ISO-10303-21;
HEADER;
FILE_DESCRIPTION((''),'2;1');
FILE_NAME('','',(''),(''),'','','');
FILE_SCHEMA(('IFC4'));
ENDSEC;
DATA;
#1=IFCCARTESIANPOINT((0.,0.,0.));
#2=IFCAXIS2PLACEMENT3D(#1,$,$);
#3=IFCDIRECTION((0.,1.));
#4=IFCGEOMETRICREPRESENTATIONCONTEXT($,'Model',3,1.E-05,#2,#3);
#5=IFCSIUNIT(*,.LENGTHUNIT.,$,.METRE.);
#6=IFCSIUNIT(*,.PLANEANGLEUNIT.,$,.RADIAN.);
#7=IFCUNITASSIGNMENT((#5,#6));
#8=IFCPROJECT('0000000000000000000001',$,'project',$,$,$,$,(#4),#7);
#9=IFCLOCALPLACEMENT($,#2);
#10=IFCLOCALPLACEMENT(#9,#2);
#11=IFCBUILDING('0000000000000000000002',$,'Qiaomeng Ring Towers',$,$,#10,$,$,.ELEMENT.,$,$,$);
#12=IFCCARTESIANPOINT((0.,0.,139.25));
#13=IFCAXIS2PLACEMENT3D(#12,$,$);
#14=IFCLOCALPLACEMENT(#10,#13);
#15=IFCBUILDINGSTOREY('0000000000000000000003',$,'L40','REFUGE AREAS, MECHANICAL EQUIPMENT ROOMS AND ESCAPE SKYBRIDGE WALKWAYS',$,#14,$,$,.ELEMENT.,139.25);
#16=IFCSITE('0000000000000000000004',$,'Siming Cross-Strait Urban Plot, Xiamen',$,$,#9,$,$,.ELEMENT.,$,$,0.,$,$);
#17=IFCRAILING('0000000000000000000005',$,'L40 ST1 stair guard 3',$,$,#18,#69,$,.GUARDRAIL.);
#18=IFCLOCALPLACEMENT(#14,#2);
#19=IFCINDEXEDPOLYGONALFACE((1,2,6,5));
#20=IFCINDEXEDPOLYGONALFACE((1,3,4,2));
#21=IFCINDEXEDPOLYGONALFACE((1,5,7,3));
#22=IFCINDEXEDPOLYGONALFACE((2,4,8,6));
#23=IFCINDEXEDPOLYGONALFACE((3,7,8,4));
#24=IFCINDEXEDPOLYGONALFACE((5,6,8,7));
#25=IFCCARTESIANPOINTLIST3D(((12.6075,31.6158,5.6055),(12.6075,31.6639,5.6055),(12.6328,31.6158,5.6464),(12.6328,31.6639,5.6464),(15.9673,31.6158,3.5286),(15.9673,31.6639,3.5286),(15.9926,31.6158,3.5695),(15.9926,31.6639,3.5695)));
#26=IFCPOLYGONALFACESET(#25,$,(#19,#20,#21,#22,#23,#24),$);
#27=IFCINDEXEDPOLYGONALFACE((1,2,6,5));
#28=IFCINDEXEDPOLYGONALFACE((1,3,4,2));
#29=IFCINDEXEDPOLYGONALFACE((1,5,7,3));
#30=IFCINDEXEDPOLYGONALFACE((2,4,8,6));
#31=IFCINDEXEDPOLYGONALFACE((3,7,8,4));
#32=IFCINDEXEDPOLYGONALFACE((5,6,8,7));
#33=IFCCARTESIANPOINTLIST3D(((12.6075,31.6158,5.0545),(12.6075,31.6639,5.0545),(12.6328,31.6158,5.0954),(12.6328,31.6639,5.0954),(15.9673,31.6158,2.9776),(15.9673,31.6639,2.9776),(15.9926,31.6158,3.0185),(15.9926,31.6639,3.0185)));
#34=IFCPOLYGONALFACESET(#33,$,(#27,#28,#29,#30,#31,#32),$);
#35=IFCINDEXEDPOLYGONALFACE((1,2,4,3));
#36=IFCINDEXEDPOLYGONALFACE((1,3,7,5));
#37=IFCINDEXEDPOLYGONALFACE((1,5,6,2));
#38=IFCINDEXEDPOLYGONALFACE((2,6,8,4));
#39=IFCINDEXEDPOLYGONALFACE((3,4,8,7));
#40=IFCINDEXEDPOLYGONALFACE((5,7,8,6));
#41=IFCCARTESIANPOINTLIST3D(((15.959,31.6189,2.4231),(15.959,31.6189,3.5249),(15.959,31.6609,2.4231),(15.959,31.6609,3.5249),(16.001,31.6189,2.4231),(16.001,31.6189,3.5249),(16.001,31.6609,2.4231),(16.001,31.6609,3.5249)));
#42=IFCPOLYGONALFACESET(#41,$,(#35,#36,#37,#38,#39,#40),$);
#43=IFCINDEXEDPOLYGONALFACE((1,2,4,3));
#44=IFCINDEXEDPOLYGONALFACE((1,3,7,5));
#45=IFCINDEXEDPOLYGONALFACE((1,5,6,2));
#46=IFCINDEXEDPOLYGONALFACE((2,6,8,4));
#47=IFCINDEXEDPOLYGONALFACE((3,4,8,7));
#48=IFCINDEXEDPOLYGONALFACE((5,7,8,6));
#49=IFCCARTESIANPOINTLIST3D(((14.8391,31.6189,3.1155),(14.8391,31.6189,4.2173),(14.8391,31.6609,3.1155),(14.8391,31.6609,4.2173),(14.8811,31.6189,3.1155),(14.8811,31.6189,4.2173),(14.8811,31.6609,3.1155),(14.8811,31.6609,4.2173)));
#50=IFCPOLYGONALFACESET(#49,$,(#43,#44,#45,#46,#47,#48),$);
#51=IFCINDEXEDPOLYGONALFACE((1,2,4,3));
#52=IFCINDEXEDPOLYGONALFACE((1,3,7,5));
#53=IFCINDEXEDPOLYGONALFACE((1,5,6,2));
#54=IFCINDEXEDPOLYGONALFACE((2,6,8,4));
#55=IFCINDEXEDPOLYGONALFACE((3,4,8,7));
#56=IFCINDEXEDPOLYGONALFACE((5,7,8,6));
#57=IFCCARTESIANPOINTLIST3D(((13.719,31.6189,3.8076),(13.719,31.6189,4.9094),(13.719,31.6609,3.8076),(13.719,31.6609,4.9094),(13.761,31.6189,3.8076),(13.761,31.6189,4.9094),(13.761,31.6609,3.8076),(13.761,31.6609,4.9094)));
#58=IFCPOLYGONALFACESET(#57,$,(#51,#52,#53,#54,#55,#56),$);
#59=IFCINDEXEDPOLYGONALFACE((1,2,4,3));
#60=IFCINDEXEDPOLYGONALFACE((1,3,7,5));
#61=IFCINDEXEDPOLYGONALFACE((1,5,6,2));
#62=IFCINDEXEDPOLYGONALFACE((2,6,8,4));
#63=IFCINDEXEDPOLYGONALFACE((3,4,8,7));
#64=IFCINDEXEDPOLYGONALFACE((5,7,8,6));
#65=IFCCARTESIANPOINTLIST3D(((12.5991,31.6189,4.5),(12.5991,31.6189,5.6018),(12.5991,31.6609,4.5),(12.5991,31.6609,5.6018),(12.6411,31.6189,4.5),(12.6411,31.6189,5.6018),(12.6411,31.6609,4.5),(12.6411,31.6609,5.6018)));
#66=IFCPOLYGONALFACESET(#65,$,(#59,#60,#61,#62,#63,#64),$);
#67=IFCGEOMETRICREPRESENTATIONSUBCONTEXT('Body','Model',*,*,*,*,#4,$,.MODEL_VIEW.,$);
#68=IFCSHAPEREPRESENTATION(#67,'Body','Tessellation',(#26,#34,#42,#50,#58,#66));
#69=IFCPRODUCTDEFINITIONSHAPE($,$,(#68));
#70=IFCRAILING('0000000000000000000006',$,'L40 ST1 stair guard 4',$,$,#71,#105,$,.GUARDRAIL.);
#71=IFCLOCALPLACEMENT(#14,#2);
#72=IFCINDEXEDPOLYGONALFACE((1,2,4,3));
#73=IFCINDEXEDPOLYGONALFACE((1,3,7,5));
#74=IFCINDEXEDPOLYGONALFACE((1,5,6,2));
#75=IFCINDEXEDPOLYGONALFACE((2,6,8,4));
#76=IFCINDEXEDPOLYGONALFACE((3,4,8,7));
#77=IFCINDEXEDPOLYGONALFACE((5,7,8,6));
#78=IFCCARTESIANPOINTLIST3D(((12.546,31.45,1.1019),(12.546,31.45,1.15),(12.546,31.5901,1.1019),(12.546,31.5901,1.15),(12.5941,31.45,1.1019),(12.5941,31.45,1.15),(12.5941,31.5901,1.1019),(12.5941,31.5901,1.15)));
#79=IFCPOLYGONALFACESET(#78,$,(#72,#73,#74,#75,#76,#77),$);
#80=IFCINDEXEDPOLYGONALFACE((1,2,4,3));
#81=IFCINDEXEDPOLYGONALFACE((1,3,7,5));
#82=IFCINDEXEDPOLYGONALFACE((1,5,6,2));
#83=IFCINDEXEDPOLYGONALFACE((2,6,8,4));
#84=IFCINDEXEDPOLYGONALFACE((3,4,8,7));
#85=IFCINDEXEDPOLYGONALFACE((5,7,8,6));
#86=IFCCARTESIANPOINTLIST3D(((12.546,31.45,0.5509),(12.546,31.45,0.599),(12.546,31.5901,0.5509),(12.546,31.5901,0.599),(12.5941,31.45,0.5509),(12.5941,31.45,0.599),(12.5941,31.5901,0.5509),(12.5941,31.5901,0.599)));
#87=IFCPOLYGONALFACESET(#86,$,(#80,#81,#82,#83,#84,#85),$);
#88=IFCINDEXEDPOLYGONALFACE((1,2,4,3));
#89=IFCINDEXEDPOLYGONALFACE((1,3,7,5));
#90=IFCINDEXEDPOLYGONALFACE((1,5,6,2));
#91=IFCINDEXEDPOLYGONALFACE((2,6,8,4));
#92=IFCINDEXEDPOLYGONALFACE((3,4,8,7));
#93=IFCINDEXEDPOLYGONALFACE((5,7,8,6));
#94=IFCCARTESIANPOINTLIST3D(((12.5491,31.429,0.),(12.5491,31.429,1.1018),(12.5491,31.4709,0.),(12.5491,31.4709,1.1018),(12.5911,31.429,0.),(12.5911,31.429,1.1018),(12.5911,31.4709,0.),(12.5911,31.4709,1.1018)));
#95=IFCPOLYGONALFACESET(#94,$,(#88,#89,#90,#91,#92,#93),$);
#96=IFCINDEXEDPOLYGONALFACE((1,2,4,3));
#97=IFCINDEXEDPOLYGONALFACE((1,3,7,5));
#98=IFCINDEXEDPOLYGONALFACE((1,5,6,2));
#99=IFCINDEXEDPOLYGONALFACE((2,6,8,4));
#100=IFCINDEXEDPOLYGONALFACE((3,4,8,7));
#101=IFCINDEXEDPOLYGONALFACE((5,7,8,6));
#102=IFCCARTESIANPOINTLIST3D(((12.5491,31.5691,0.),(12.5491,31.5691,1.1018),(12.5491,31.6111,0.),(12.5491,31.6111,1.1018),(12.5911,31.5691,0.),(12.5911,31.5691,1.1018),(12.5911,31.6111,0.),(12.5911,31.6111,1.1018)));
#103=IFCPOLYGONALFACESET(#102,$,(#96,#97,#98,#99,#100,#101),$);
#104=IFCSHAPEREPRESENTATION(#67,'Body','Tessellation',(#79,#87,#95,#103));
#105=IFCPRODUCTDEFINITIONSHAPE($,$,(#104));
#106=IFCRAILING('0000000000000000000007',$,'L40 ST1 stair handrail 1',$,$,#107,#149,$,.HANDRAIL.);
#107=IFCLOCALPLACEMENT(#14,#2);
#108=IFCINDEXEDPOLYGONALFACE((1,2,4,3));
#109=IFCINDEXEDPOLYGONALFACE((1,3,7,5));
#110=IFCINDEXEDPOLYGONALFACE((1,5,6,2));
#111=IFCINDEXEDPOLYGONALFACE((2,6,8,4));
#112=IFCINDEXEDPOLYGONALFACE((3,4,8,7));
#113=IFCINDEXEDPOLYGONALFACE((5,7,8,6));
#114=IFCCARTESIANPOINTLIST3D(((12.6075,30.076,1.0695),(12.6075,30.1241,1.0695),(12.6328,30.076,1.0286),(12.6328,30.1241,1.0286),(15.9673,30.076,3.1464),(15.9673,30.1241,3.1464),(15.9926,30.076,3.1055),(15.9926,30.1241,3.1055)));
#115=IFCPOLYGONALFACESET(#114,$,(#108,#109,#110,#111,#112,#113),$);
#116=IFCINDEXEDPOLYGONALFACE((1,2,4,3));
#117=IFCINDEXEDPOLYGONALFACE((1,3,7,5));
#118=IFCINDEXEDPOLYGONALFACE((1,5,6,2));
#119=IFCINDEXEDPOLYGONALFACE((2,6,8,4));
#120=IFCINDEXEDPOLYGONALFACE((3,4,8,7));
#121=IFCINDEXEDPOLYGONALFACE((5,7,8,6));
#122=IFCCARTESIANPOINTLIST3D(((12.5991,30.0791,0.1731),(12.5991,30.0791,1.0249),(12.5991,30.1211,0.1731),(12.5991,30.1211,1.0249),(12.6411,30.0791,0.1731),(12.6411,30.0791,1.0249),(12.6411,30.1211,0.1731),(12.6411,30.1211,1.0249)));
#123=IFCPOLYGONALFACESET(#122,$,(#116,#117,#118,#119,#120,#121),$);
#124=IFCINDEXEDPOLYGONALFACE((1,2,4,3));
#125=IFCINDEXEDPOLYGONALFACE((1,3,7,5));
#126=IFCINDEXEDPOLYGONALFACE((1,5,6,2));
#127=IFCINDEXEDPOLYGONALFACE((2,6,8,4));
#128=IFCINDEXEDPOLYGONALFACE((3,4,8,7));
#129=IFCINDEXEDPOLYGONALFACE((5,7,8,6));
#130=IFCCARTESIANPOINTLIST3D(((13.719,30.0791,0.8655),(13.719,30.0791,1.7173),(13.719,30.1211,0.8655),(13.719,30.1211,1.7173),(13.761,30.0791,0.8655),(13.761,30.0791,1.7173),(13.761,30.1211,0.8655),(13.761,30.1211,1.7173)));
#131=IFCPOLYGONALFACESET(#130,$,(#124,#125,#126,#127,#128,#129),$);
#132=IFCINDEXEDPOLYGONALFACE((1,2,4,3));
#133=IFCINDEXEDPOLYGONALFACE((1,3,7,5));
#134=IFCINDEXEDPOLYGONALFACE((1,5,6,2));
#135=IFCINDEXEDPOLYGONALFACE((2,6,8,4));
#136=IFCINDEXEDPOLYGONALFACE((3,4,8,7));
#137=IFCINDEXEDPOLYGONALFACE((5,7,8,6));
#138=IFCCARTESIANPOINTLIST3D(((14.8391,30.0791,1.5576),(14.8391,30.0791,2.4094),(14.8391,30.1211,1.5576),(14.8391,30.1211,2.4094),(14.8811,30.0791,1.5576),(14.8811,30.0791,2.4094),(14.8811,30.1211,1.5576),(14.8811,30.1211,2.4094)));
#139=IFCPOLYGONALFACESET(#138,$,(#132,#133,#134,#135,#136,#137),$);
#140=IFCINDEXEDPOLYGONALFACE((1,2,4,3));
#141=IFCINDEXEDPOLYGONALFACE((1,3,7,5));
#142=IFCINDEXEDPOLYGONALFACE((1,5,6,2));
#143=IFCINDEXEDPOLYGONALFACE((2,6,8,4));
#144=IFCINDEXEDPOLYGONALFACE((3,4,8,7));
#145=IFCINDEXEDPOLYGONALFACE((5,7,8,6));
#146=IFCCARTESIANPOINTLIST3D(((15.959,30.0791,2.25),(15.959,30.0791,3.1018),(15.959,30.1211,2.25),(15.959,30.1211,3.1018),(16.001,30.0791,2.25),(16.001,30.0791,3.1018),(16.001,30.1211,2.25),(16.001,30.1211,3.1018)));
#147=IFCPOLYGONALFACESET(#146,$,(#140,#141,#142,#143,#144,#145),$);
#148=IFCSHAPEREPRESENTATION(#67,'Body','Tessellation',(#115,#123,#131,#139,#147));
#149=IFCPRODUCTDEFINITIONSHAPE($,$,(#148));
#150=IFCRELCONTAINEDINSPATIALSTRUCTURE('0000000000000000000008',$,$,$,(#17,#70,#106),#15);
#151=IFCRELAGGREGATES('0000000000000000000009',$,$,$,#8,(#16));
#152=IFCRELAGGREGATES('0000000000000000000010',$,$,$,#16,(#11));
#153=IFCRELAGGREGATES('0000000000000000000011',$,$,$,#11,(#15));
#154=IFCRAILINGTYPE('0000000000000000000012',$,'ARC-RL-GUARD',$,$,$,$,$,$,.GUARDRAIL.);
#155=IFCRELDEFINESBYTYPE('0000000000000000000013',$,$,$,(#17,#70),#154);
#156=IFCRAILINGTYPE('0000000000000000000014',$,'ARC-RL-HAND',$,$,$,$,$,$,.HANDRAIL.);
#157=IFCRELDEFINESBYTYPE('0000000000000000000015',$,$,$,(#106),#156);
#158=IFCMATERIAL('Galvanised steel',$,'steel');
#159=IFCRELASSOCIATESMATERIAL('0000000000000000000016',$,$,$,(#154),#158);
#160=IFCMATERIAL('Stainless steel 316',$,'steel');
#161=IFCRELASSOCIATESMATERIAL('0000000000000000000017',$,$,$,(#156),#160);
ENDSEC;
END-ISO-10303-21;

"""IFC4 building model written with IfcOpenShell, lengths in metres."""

from ifc_helpers import new_model, si_unit, direction, frame, origin, origin_2d, place, context, subcontext, project, spatial, rectangle, extrude, material, type_object, element, save


model = new_model("IFC4")

# Units and contexts
model_context = context("Model", 3, precision=1e-05, world=origin(), true_north=direction((0.0, 1.0)))
body_context = subcontext(model_context, "Body", "Model", "MODEL_VIEW")
ifc_project = project(units=[si_unit("LENGTHUNIT", "METRE"), si_unit("PLANEANGLEUNIT", "RADIAN")], contexts=[model_context])

# Site, building, storey
site_placement = place(None, origin())
site = spatial("IfcSite", under=ifc_project, at=site_placement, Name="Siming Cross-Strait Urban Plot, Xiamen", CompositionType="ELEMENT", RefElevation=0.0)
building_placement = place(site_placement, origin())
building = spatial("IfcBuilding", under=site, at=building_placement, Name="Qiaomeng Ring Towers", CompositionType="ELEMENT")
storey_placement = place(building_placement, frame((0.0, 0.0, 139.25)))
storey = spatial("IfcBuildingStorey", under=building, at=storey_placement, Name="L40", Description="REFUGE AREAS, MECHANICAL EQUIPMENT ROOMS AND ESCAPE SKYBRIDGE WALKWAYS", CompositionType="ELEMENT", Elevation=139.25)

# Railings
ifc_material_1 = material(Name="Galvanised steel", Category="steel")
railing_type_1 = type_object("IfcRailingType", Name="ARC-RL-GUARD", PredefinedType="GUARDRAIL", material=ifc_material_1)
railing_1_placement = place(storey_placement, frame((15.98, 31.6399, 2.4231)))
element("IfcRailing", 1, at=railing_1_placement, inside=storey, type_object=railing_type_1, Name="L40 ST1 stair guard 3", PredefinedType="GUARDRAIL", context=body_context, shape_type="SweptSolid", body=[
    extrude(rectangle(XDim=0.0481, YDim=0.0481, at=origin_2d()), frame((0.0, 0.0, 1.126), z_axis=(-0.850606, 0.0, 0.525803), x_axis=(0.0, -1.0, 0.0)), (0.0, 0.0, 1.0), 3.95),
    extrude(rectangle(XDim=0.0481, YDim=0.0481, at=origin_2d()), frame((0.0, 0.0, 0.575), z_axis=(-0.850606, 0.0, 0.525803), x_axis=(0.0, -1.0, 0.0)), (0.0, 0.0, 1.0), 3.95),
    extrude(rectangle(XDim=0.042, YDim=0.042, at=origin_2d()), origin(), (0.0, 0.0, 1.0), 1.1018),
    extrude(rectangle(XDim=0.042, YDim=0.042, at=origin_2d()), frame((-1.1199, 0.0, 0.6924)), (0.0, 0.0, 1.0), 1.1018),
    extrude(rectangle(XDim=0.042, YDim=0.042, at=origin_2d()), frame((-2.24, 0.0, 1.3845)), (0.0, 0.0, 1.0), 1.1018),
    extrude(rectangle(XDim=0.042, YDim=0.042, at=origin_2d()), frame((-3.3599, 0.0, 2.0769)), (0.0, 0.0, 1.0), 1.1018),
])
railing_2_placement = place(storey_placement, frame((12.5701, 31.45, 0.0)))
element("IfcRailing", 2, at=railing_2_placement, inside=storey, type_object=railing_type_1, Name="L40 ST1 stair guard 4", PredefinedType="GUARDRAIL", context=body_context, shape_type="SweptSolid", body=[
    extrude(rectangle(XDim=0.0481, YDim=0.0481, at=origin_2d()), frame((0.0, 0.0, 1.126), z_axis=(0.0, 1.0, 0.0), x_axis=(-1.0, 0.0, 0.0)), (0.0, 0.0, 1.0), 0.1401),
    extrude(rectangle(XDim=0.0481, YDim=0.0481, at=origin_2d()), frame((0.0, 0.0, 0.575), z_axis=(0.0, 1.0, 0.0), x_axis=(-1.0, 0.0, 0.0)), (0.0, 0.0, 1.0), 0.1401),
    extrude(rectangle(XDim=0.042, YDim=0.042, at=origin_2d()), origin(), (0.0, 0.0, 1.0), 1.1018),
    extrude(rectangle(XDim=0.042, YDim=0.042, at=origin_2d()), frame((0.0, 0.1401, 0.0)), (0.0, 0.0, 1.0), 1.1018),
])
ifc_material_2 = material(Name="Stainless steel 316", Category="steel")
railing_type_2 = type_object("IfcRailingType", Name="ARC-RL-HAND", PredefinedType="HANDRAIL", material=ifc_material_2)
railing_3_placement = place(storey_placement, frame((12.6201, 30.1001, 0.1731)))
element("IfcRailing", 3, at=railing_3_placement, inside=storey, type_object=railing_type_2, Name="L40 ST1 stair handrail 1", PredefinedType="HANDRAIL", context=body_context, shape_type="SweptSolid", body=[
    extrude(rectangle(XDim=0.0481, YDim=0.0481, at=origin_2d()), frame((0.0, 0.0, 0.876), z_axis=(0.850606, 0.0, 0.525803), x_axis=(0.0, 1.0, 0.0)), (0.0, 0.0, 1.0), 3.95),
    extrude(rectangle(XDim=0.042, YDim=0.042, at=origin_2d()), origin(), (0.0, 0.0, 1.0), 0.8518),
    extrude(rectangle(XDim=0.042, YDim=0.042, at=origin_2d()), frame((1.1199, 0.0, 0.6924)), (0.0, 0.0, 1.0), 0.8518),
    extrude(rectangle(XDim=0.042, YDim=0.042, at=origin_2d()), frame((2.24, 0.0, 1.3845)), (0.0, 0.0, 1.0), 0.8518),
    extrude(rectangle(XDim=0.042, YDim=0.042, at=origin_2d()), frame((3.3599, 0.0, 2.0769)), (0.0, 0.0, 1.0), 0.8518),
])

save(model, "model.ifc")
